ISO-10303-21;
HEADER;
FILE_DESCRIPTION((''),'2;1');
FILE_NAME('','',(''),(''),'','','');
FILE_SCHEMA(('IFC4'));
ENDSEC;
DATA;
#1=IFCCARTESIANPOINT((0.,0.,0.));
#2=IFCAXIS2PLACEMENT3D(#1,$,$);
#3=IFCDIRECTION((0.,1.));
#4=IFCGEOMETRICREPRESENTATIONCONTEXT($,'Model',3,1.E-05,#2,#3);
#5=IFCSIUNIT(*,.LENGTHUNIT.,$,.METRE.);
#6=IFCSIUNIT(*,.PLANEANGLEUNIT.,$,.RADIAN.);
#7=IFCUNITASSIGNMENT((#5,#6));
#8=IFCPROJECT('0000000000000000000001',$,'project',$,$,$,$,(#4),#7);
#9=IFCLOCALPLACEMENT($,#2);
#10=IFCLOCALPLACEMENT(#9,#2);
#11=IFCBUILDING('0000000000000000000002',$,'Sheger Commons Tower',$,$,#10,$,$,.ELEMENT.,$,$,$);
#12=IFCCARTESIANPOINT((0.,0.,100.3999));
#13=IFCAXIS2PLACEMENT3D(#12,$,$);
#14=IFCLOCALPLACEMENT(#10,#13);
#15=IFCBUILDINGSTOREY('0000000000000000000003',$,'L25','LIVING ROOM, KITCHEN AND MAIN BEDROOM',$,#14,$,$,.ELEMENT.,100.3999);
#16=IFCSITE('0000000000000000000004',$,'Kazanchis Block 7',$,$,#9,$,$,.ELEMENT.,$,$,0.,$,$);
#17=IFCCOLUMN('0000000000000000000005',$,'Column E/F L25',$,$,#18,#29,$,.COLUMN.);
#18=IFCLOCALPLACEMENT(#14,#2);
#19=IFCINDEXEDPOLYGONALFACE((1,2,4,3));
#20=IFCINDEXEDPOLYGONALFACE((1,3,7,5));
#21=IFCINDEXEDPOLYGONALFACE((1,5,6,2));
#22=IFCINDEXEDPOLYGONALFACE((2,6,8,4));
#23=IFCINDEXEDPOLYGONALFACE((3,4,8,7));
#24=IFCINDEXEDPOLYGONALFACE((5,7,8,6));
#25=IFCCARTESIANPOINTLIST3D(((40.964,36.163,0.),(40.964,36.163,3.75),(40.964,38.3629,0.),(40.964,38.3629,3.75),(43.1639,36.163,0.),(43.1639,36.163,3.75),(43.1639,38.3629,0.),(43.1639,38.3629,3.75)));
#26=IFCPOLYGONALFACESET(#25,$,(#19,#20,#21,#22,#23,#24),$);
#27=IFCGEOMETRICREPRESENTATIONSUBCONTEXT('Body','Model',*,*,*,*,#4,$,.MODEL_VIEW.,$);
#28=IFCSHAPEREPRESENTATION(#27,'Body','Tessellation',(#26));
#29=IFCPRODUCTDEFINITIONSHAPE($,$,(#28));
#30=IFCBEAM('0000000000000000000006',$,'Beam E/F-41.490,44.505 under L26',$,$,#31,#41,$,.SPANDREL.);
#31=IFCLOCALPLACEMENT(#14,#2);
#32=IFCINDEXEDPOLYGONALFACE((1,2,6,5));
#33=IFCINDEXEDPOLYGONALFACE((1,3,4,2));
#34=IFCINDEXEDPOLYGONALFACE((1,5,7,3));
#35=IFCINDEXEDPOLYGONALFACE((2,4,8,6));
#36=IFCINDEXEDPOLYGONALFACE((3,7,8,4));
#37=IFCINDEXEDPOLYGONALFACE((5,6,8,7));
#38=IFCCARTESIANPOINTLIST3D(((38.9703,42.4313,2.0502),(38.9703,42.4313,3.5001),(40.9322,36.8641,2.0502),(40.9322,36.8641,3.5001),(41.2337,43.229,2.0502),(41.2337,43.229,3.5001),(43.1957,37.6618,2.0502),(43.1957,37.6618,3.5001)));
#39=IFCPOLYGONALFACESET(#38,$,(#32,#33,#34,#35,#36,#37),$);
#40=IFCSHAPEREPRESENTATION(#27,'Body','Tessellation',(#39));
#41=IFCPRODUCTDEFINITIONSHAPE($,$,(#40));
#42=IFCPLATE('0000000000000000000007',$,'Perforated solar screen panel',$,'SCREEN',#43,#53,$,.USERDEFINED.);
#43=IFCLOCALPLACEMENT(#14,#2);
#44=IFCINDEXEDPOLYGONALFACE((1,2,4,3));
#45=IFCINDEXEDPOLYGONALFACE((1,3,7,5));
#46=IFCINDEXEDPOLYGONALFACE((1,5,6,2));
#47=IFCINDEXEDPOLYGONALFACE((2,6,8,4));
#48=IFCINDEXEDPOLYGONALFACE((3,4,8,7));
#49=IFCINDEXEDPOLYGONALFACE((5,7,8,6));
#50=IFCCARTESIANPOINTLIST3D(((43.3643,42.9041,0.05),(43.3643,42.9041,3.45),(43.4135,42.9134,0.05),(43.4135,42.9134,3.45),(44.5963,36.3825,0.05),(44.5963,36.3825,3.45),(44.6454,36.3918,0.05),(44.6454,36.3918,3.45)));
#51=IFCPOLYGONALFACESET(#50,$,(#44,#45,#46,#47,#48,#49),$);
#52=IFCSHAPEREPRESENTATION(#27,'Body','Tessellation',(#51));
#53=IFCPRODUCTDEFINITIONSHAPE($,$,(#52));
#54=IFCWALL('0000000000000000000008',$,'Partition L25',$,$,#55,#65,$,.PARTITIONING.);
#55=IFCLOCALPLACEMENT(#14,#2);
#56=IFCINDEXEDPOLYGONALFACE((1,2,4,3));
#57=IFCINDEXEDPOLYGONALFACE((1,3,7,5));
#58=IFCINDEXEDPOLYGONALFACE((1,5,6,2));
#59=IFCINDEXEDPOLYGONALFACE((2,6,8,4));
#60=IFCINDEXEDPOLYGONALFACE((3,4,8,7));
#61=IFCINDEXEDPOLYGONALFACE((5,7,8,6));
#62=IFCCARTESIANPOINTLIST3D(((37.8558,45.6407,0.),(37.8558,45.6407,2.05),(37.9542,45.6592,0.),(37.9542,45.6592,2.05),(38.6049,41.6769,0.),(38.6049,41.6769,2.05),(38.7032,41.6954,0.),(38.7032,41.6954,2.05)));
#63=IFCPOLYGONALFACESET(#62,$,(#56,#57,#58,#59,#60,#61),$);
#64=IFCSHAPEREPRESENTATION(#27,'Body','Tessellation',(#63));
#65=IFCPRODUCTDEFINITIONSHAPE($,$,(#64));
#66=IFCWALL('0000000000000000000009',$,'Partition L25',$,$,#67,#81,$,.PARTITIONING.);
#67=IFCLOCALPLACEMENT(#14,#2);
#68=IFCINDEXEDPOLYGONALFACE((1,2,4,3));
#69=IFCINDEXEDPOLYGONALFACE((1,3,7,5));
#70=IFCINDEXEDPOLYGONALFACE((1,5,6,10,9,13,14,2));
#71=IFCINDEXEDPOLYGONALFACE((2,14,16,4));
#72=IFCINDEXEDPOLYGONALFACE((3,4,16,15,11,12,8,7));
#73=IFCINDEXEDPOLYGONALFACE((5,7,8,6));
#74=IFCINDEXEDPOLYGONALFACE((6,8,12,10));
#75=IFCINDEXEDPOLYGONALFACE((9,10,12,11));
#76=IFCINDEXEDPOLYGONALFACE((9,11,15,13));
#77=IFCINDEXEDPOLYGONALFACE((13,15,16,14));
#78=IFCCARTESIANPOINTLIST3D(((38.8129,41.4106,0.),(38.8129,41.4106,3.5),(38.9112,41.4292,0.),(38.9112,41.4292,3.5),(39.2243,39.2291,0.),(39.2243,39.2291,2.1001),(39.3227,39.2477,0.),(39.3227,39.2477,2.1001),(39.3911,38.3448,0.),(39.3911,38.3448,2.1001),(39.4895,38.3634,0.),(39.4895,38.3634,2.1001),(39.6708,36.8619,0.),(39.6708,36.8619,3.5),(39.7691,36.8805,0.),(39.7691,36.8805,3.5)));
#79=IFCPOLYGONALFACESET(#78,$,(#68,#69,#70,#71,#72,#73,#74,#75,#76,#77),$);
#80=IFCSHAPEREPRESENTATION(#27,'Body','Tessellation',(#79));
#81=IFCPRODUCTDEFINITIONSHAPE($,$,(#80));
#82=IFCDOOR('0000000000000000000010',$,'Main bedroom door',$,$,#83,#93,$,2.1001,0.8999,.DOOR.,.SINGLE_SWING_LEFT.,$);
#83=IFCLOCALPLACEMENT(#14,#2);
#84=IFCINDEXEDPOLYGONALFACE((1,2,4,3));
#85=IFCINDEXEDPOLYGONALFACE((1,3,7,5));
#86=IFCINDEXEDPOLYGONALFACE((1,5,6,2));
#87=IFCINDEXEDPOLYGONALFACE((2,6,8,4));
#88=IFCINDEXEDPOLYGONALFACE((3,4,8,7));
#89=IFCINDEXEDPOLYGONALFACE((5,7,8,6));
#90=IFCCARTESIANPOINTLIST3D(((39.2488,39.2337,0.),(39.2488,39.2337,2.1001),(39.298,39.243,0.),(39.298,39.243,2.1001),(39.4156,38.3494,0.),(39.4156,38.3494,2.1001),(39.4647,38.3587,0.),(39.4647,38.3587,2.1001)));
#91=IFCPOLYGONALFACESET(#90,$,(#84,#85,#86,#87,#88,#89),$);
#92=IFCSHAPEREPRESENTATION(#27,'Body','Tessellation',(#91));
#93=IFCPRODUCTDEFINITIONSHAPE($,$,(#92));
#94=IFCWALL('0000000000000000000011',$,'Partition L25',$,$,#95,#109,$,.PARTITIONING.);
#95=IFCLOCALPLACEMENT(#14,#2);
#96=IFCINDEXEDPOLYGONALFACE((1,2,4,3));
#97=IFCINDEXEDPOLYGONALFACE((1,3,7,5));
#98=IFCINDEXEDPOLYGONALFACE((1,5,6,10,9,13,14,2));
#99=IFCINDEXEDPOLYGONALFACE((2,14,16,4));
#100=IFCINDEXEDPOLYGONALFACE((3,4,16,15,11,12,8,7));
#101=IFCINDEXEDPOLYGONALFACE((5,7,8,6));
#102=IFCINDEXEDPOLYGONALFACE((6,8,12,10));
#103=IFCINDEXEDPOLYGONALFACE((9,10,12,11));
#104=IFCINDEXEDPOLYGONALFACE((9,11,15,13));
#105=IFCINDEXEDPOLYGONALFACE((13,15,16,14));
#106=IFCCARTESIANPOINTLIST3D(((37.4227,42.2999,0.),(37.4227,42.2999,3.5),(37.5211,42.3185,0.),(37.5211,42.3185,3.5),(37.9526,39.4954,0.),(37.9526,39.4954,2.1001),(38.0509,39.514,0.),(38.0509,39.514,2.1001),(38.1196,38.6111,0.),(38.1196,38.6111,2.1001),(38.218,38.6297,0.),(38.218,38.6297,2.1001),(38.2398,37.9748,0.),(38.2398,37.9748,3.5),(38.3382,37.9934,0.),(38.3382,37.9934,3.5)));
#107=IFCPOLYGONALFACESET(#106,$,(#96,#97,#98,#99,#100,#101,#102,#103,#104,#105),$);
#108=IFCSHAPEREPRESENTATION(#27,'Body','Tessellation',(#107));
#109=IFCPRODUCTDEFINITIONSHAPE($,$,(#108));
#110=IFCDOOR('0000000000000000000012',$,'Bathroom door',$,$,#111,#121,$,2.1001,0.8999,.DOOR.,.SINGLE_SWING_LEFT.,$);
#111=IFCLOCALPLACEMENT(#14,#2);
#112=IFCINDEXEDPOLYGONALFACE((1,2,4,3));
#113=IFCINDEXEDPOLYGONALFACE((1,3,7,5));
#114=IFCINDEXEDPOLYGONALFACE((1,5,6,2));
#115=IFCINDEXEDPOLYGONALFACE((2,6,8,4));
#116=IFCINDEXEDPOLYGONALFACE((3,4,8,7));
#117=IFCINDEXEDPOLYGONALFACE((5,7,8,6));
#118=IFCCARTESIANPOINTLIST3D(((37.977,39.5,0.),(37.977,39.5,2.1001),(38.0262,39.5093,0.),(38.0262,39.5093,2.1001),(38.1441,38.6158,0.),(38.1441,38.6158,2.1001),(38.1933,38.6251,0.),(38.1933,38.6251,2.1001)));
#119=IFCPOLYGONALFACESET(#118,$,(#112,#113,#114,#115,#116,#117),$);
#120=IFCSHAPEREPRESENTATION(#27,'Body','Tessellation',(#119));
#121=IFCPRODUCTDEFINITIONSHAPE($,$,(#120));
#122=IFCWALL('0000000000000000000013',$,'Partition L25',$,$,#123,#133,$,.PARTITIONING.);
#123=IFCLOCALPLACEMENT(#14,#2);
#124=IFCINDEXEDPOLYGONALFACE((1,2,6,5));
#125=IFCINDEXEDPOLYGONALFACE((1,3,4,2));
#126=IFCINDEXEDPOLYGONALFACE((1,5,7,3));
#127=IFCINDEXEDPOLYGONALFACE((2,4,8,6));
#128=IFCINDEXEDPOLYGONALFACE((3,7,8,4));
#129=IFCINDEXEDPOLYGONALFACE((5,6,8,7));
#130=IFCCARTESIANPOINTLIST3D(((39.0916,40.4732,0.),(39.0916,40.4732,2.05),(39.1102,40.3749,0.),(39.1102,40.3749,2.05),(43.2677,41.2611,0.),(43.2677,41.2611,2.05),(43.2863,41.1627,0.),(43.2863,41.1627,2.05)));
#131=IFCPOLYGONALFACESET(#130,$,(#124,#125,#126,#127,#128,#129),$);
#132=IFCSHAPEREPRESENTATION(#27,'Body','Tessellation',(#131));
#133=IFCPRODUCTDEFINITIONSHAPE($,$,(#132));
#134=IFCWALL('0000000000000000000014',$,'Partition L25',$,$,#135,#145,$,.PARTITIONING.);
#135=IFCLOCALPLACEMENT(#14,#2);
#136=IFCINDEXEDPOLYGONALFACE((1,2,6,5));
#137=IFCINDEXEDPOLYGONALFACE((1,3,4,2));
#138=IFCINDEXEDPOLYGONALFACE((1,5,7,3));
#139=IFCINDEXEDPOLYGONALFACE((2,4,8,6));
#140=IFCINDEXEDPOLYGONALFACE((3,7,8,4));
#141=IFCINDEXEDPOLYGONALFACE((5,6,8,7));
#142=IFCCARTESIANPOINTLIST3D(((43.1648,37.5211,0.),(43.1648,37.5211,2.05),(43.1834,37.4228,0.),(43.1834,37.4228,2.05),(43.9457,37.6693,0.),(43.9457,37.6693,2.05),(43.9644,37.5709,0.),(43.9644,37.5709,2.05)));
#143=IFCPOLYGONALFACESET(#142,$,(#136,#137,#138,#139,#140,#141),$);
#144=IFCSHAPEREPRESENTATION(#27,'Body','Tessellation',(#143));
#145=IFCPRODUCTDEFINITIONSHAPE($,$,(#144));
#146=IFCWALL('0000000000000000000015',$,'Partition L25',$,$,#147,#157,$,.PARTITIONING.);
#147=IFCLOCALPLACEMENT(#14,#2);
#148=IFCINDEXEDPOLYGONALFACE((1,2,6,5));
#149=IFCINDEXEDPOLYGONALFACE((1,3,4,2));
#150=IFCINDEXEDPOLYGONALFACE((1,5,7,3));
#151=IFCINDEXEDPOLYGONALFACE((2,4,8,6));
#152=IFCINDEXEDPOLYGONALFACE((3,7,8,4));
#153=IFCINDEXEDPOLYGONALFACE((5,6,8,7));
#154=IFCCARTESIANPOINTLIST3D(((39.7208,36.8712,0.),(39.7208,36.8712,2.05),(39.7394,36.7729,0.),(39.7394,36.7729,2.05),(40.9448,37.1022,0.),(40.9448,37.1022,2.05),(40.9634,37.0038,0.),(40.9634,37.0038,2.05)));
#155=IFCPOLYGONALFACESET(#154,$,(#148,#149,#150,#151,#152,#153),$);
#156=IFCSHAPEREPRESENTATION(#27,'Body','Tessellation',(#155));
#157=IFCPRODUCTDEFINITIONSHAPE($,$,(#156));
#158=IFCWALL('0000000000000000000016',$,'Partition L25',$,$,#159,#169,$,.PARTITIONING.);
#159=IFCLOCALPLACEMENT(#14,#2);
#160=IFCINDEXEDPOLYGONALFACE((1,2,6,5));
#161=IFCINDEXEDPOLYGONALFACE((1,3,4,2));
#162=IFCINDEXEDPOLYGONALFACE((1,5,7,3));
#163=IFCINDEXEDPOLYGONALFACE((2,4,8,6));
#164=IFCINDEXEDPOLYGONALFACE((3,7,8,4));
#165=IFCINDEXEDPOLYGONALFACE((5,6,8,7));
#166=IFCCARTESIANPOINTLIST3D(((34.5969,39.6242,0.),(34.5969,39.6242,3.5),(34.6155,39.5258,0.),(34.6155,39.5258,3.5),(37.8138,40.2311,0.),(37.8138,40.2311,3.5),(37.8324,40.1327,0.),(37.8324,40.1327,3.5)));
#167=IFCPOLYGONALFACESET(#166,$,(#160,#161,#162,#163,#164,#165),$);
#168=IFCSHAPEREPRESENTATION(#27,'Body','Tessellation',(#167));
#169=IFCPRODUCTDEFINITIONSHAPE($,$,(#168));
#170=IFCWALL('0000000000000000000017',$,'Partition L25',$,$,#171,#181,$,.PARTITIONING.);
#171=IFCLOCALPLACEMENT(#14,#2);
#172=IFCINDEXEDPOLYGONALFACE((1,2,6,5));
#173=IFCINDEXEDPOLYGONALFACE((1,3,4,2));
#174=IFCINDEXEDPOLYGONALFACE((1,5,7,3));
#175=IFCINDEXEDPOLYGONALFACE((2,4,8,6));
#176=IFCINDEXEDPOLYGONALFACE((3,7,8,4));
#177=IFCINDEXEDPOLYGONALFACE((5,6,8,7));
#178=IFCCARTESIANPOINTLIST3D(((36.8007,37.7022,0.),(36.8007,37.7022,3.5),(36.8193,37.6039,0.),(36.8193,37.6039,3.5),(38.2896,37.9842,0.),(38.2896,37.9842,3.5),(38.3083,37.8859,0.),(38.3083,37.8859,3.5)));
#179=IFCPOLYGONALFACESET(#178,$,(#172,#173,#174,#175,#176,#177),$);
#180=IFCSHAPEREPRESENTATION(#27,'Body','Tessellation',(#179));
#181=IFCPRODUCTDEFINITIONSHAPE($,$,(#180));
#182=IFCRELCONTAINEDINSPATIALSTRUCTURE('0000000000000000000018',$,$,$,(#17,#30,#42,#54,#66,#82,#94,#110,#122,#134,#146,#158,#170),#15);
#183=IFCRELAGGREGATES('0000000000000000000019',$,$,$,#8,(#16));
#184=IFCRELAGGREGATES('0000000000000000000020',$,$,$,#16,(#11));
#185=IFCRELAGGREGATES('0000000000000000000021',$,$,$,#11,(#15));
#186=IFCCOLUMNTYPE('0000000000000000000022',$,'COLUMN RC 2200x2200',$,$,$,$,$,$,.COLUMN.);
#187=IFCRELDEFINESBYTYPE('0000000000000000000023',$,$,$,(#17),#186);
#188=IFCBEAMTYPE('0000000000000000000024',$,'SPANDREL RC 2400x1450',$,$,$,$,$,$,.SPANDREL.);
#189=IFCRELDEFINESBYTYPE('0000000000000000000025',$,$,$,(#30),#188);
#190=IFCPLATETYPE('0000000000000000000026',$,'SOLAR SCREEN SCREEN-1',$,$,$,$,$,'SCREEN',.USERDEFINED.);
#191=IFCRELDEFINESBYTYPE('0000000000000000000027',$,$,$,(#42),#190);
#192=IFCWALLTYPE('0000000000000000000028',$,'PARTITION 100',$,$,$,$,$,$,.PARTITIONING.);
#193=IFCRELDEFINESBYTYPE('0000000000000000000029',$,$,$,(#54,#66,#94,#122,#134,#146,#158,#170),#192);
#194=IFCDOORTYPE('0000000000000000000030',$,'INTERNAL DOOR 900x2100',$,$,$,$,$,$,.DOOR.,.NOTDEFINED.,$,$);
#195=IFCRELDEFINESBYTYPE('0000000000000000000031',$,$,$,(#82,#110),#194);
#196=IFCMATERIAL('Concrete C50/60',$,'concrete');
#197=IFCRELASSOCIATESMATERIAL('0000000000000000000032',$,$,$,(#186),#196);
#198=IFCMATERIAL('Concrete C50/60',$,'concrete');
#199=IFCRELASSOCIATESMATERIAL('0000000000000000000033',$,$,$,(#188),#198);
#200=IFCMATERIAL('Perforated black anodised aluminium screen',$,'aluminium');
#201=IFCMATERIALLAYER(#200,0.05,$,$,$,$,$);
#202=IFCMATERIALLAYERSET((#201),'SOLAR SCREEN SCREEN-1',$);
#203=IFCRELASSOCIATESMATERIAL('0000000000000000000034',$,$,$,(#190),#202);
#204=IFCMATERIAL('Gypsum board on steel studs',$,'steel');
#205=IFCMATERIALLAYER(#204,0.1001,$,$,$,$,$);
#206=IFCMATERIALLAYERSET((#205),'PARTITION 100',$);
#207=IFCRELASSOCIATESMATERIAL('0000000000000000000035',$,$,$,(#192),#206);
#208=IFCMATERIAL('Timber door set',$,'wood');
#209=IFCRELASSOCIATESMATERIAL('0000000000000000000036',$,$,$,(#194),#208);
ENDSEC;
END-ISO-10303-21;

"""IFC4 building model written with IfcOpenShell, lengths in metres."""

from ifc_helpers import new_model, si_unit, direction, frame, frame_2d, origin, origin_2d, place, context, subcontext, project, spatial, rectangle, extrude, material, layer, layer_set, material_profile, profile_set, type_object, element, fill, save


model = new_model("IFC4")

# Units and contexts
model_context = context("Model", 3, precision=1e-05, world=origin(), true_north=direction((0.0, 1.0)))
body_context = subcontext(model_context, "Body", "Model", "MODEL_VIEW")
ifc_project = project(units=[si_unit("LENGTHUNIT", "METRE"), si_unit("PLANEANGLEUNIT", "RADIAN")], contexts=[model_context])

# Site, building, storey
site_placement = place(None, origin())
site = spatial("IfcSite", under=ifc_project, at=site_placement, Name="Kazanchis Block 7", CompositionType="ELEMENT", RefElevation=0.0)
building_placement = place(site_placement, origin())
building = spatial("IfcBuilding", under=site, at=building_placement, Name="Sheger Commons Tower", CompositionType="ELEMENT")
storey_placement = place(building_placement, frame((0.0, 0.0, 100.3999)))
storey = spatial("IfcBuildingStorey", under=building, at=storey_placement, Name="L25", Description="LIVING ROOM, KITCHEN AND MAIN BEDROOM", CompositionType="ELEMENT", Elevation=100.3999)

# Column
ifc_material_1 = material(Name="Concrete C50/60", Category="concrete")
ifc_material_profile_1 = material_profile(ifc_material_1, rectangle(XDim=2.2, YDim=2.2, at=origin_2d()), Name="RC 2200x2200")
ifc_profile_set_1 = profile_set([ifc_material_profile_1], Name="Concrete C50/60")
column_type = type_object("IfcColumnType", Name="COLUMN RC 2200x2200", PredefinedType="COLUMN", material=ifc_profile_set_1)
column_placement = place(storey_placement, frame((42.064, 37.2629, 0.0), z_axis=(0.0, 0.0, 1.0), x_axis=(1.0, 0.0, 0.0)))
element("IfcColumn", 1, at=column_placement, inside=storey, type_object=column_type, Name="Column E/F L25", PredefinedType="COLUMN", context=body_context, shape_type="SweptSolid", body=[
    extrude(rectangle(XDim=2.2, YDim=2.2, at=origin_2d()), origin(), (0.0, 0.0, 1.0), 3.75),
])

# Beam
ifc_material_2 = material(Name="Concrete C50/60", Category="concrete")
ifc_material_profile_2 = material_profile(ifc_material_2, rectangle(XDim=2.3999, YDim=1.45, at=origin_2d()), Name="RC 2400x1450")
ifc_profile_set_2 = profile_set([ifc_material_profile_2], Name="Concrete C50/60")
beam_type = type_object("IfcBeamType", Name="SPANDREL RC 2400x1450", PredefinedType="SPANDREL", material=ifc_profile_set_2)
beam_placement = place(storey_placement, frame((42.064, 37.2629, 2.7751), z_axis=(-0.332374, 0.943148, 0.0), x_axis=(-0.943148, -0.332374, 0.0)))
element("IfcBeam", 2, at=beam_placement, inside=storey, type_object=beam_type, Name="Beam E/F-41.490,44.505 under L26", PredefinedType="SPANDREL", context=body_context, shape_type="SweptSolid", body=[
    extrude(rectangle(XDim=2.3999, YDim=1.45, at=origin_2d()), origin(), (0.0, 0.0, 1.0), 5.9028),
])

# Plate
ifc_material_3 = material(Name="Perforated black anodised aluminium screen", Category="aluminium")
ifc_layer_1 = layer(ifc_material_3, 0.05)
ifc_layer_set_1 = layer_set([ifc_layer_1], Name="SOLAR SCREEN SCREEN-1")
plate_type = type_object("IfcPlateType", Name="SOLAR SCREEN SCREEN-1", ElementType="SCREEN", PredefinedType="USERDEFINED", material=ifc_layer_set_1)
plate_placement = place(storey_placement, frame((44.0049, 39.6479, 0.05), z_axis=(0.0, 0.0, 1.0), x_axis=(-0.185615, 0.982623, 0.0)))
element("IfcPlate", 3, at=plate_placement, inside=storey, type_object=plate_type, Name="Perforated solar screen panel", ObjectType="SCREEN", PredefinedType="USERDEFINED", context=body_context, shape_type="SweptSolid", body=[
    extrude(rectangle(XDim=6.637, YDim=0.05, at=origin_2d()), origin(), (0.0, 0.0, 1.0), 3.3999),
])

# Wall
ifc_material_4 = material(Name="Gypsum board on steel studs", Category="steel")
ifc_layer_2 = layer(ifc_material_4, 0.1001)
ifc_layer_set_2 = layer_set([ifc_layer_2], Name="PARTITION 100")
wall_type = type_object("IfcWallType", Name="PARTITION 100", PredefinedType="PARTITIONING", material=ifc_layer_set_2)
wall_1_placement = place(storey_placement, frame((38.6541, 41.686, 0.0), z_axis=(0.0, 0.0, 1.0), x_axis=(-0.185677, 0.982611, 0.0)))
element("IfcWall", 4, at=wall_1_placement, inside=storey, type_object=wall_type, Name="Partition L25", PredefinedType="PARTITIONING", context=body_context, shape_type="SweptSolid", body=[
    extrude(rectangle(XDim=4.0339, YDim=0.1001, at=frame_2d((2.0171, 0.0))), origin(), (0.0, 0.0, 1.0), 2.05),
])

# Walls, openings, doors
wall_2_placement = place(storey_placement, frame((38.8621, 41.4199, 0.0), z_axis=(0.0, 0.0, 1.0), x_axis=(0.185333, -0.982676, 0.0)))
wall_2 = element("IfcWall", 5, at=wall_2_placement, inside=storey, type_object=wall_type, Name="Partition L25", PredefinedType="PARTITIONING", context=body_context, shape_type="SweptSolid", body=[
    extrude(rectangle(XDim=4.6289, YDim=0.1001, at=frame_2d((2.3145, 0.0))), origin(), (0.0, 0.0, 1.0), 3.5),
])
opening_1_placement = place(wall_2_placement, frame((2.22, 0.0, 0.0)))
opening_1 = element("IfcOpeningElement", 6, at=opening_1_placement, cuts=wall_2, PredefinedType="OPENING", context=body_context, shape_type="SweptSolid", body=[
    extrude(rectangle(XDim=0.8999, YDim=2.1001, at=frame_2d((0.45, 1.05))), frame((0.0, 0.0601, 0.0), z_axis=(0.0, -1.0, 0.0), x_axis=(1.0, 0.0, 0.0)), (0.0, 0.0, 1.0), 0.1201),
])
ifc_material_5 = material(Name="Timber door set", Category="wood")
door_type = type_object("IfcDoorType", Name="INTERNAL DOOR 900x2100", OperationType="NOTDEFINED", PredefinedType="DOOR", material=ifc_material_5)
door_1_placement = place(opening_1_placement, origin())
door_1 = element("IfcDoor", 7, at=door_1_placement, inside=storey, type_object=door_type, Name="Main bedroom door", OperationType="SINGLE_SWING_LEFT", OverallHeight=2.1001, OverallWidth=0.8999, PredefinedType="DOOR", context=body_context, shape_type="SweptSolid", body=[
    extrude(rectangle(XDim=0.8999, YDim=2.1001, at=frame_2d((0.45, 1.05))), frame((0.0, 0.0249, 0.0), z_axis=(0.0, -1.0, 0.0), x_axis=(1.0, 0.0, 0.0)), (0.0, 0.0, 1.0), 0.05),
])
fill(opening_1, door_1)
wall_3_placement = place(storey_placement, frame((37.4719, 42.3091, 0.0), z_axis=(0.0, 0.0, 1.0), x_axis=(0.185641, -0.982618, 0.0)))
wall_3 = element("IfcWall", 8, at=wall_3_placement, inside=storey, type_object=wall_type, Name="Partition L25", PredefinedType="PARTITIONING", context=body_context, shape_type="SweptSolid", body=[
    extrude(rectangle(XDim=4.4016, YDim=0.1001, at=frame_2d((2.2007, 0.0))), origin(), (0.0, 0.0, 1.0), 3.5),
])
opening_2_placement = place(wall_3_placement, frame((2.854, 0.0, 0.0)))
opening_2 = element("IfcOpeningElement", 9, at=opening_2_placement, cuts=wall_3, PredefinedType="OPENING", context=body_context, shape_type="SweptSolid", body=[
    extrude(rectangle(XDim=0.8999, YDim=2.1001, at=frame_2d((0.45, 1.05))), frame((0.0, 0.0601, 0.0), z_axis=(0.0, -1.0, 0.0), x_axis=(1.0, 0.0, 0.0)), (0.0, 0.0, 1.0), 0.1201),
])
door_2_placement = place(opening_2_placement, origin())
door_2 = element("IfcDoor", 10, at=door_2_placement, inside=storey, type_object=door_type, Name="Bathroom door", OperationType="SINGLE_SWING_LEFT", OverallHeight=2.1001, OverallWidth=0.8999, PredefinedType="DOOR", context=body_context, shape_type="SweptSolid", body=[
    extrude(rectangle(XDim=0.8999, YDim=2.1001, at=frame_2d((0.45, 1.05))), frame((0.0, 0.0249, 0.0), z_axis=(0.0, -1.0, 0.0), x_axis=(1.0, 0.0, 0.0)), (0.0, 0.0, 1.0), 0.05),
])
fill(opening_2, door_2)

# Walls
wall_4_placement = place(storey_placement, frame((43.2771, 41.2119, 0.0), z_axis=(0.0, 0.0, 1.0), x_axis=(-0.982665, -0.185388, 0.0)))
element("IfcWall", 11, at=wall_4_placement, inside=storey, type_object=wall_type, Name="Partition L25", PredefinedType="PARTITIONING", context=body_context, shape_type="SweptSolid", body=[
    extrude(rectangle(XDim=4.2498, YDim=0.1001, at=frame_2d((2.125, 0.0))), origin(), (0.0, 0.0, 1.0), 2.05),
])
wall_5_placement = place(storey_placement, frame((43.9551, 37.6201, 0.0), z_axis=(0.0, 0.0, 1.0), x_axis=(-0.98247, -0.186421, 0.0)))
element("IfcWall", 12, at=wall_5_placement, inside=storey, type_object=wall_type, Name="Partition L25", PredefinedType="PARTITIONING", context=body_context, shape_type="SweptSolid", body=[
    extrude(rectangle(XDim=0.7949, YDim=0.1001, at=frame_2d((0.3975, 0.0))), origin(), (0.0, 0.0, 1.0), 2.05),
])
wall_6_placement = place(storey_placement, frame((40.9541, 37.053, 0.0), z_axis=(0.0, 0.0, 1.0), x_axis=(-0.982663, -0.185401, 0.0)))
element("IfcWall", 13, at=wall_6_placement, inside=storey, type_object=wall_type, Name="Partition L25", PredefinedType="PARTITIONING", context=body_context, shape_type="SweptSolid", body=[
    extrude(rectangle(XDim=1.2456, YDim=0.1001, at=frame_2d((0.6228, 0.0))), origin(), (0.0, 0.0, 1.0), 2.05),
])
wall_7_placement = place(storey_placement, frame((37.823, 40.1819, 0.0), z_axis=(0.0, 0.0, 1.0), x_axis=(-0.982665, -0.185392, 0.0)))
element("IfcWall", 14, at=wall_7_placement, inside=storey, type_object=wall_type, Name="Partition L25", PredefinedType="PARTITIONING", context=body_context, shape_type="SweptSolid", body=[
    extrude(rectangle(XDim=3.2737, YDim=0.1001, at=frame_2d((1.6367, 0.0))), origin(), (0.0, 0.0, 1.0), 3.5),
])
wall_8_placement = place(storey_placement, frame((38.2991, 37.9351, 0.0), z_axis=(0.0, 0.0, 1.0), x_axis=(-0.982537, -0.186068, 0.0)))
element("IfcWall", 15, at=wall_8_placement, inside=storey, type_object=wall_type, Name="Partition L25", PredefinedType="PARTITIONING", context=body_context, shape_type="SweptSolid", body=[
    extrude(rectangle(XDim=1.5154, YDim=0.1001, at=frame_2d((0.7578, 0.0))), origin(), (0.0, 0.0, 1.0), 3.5),
])

save(model, "model.ifc")
